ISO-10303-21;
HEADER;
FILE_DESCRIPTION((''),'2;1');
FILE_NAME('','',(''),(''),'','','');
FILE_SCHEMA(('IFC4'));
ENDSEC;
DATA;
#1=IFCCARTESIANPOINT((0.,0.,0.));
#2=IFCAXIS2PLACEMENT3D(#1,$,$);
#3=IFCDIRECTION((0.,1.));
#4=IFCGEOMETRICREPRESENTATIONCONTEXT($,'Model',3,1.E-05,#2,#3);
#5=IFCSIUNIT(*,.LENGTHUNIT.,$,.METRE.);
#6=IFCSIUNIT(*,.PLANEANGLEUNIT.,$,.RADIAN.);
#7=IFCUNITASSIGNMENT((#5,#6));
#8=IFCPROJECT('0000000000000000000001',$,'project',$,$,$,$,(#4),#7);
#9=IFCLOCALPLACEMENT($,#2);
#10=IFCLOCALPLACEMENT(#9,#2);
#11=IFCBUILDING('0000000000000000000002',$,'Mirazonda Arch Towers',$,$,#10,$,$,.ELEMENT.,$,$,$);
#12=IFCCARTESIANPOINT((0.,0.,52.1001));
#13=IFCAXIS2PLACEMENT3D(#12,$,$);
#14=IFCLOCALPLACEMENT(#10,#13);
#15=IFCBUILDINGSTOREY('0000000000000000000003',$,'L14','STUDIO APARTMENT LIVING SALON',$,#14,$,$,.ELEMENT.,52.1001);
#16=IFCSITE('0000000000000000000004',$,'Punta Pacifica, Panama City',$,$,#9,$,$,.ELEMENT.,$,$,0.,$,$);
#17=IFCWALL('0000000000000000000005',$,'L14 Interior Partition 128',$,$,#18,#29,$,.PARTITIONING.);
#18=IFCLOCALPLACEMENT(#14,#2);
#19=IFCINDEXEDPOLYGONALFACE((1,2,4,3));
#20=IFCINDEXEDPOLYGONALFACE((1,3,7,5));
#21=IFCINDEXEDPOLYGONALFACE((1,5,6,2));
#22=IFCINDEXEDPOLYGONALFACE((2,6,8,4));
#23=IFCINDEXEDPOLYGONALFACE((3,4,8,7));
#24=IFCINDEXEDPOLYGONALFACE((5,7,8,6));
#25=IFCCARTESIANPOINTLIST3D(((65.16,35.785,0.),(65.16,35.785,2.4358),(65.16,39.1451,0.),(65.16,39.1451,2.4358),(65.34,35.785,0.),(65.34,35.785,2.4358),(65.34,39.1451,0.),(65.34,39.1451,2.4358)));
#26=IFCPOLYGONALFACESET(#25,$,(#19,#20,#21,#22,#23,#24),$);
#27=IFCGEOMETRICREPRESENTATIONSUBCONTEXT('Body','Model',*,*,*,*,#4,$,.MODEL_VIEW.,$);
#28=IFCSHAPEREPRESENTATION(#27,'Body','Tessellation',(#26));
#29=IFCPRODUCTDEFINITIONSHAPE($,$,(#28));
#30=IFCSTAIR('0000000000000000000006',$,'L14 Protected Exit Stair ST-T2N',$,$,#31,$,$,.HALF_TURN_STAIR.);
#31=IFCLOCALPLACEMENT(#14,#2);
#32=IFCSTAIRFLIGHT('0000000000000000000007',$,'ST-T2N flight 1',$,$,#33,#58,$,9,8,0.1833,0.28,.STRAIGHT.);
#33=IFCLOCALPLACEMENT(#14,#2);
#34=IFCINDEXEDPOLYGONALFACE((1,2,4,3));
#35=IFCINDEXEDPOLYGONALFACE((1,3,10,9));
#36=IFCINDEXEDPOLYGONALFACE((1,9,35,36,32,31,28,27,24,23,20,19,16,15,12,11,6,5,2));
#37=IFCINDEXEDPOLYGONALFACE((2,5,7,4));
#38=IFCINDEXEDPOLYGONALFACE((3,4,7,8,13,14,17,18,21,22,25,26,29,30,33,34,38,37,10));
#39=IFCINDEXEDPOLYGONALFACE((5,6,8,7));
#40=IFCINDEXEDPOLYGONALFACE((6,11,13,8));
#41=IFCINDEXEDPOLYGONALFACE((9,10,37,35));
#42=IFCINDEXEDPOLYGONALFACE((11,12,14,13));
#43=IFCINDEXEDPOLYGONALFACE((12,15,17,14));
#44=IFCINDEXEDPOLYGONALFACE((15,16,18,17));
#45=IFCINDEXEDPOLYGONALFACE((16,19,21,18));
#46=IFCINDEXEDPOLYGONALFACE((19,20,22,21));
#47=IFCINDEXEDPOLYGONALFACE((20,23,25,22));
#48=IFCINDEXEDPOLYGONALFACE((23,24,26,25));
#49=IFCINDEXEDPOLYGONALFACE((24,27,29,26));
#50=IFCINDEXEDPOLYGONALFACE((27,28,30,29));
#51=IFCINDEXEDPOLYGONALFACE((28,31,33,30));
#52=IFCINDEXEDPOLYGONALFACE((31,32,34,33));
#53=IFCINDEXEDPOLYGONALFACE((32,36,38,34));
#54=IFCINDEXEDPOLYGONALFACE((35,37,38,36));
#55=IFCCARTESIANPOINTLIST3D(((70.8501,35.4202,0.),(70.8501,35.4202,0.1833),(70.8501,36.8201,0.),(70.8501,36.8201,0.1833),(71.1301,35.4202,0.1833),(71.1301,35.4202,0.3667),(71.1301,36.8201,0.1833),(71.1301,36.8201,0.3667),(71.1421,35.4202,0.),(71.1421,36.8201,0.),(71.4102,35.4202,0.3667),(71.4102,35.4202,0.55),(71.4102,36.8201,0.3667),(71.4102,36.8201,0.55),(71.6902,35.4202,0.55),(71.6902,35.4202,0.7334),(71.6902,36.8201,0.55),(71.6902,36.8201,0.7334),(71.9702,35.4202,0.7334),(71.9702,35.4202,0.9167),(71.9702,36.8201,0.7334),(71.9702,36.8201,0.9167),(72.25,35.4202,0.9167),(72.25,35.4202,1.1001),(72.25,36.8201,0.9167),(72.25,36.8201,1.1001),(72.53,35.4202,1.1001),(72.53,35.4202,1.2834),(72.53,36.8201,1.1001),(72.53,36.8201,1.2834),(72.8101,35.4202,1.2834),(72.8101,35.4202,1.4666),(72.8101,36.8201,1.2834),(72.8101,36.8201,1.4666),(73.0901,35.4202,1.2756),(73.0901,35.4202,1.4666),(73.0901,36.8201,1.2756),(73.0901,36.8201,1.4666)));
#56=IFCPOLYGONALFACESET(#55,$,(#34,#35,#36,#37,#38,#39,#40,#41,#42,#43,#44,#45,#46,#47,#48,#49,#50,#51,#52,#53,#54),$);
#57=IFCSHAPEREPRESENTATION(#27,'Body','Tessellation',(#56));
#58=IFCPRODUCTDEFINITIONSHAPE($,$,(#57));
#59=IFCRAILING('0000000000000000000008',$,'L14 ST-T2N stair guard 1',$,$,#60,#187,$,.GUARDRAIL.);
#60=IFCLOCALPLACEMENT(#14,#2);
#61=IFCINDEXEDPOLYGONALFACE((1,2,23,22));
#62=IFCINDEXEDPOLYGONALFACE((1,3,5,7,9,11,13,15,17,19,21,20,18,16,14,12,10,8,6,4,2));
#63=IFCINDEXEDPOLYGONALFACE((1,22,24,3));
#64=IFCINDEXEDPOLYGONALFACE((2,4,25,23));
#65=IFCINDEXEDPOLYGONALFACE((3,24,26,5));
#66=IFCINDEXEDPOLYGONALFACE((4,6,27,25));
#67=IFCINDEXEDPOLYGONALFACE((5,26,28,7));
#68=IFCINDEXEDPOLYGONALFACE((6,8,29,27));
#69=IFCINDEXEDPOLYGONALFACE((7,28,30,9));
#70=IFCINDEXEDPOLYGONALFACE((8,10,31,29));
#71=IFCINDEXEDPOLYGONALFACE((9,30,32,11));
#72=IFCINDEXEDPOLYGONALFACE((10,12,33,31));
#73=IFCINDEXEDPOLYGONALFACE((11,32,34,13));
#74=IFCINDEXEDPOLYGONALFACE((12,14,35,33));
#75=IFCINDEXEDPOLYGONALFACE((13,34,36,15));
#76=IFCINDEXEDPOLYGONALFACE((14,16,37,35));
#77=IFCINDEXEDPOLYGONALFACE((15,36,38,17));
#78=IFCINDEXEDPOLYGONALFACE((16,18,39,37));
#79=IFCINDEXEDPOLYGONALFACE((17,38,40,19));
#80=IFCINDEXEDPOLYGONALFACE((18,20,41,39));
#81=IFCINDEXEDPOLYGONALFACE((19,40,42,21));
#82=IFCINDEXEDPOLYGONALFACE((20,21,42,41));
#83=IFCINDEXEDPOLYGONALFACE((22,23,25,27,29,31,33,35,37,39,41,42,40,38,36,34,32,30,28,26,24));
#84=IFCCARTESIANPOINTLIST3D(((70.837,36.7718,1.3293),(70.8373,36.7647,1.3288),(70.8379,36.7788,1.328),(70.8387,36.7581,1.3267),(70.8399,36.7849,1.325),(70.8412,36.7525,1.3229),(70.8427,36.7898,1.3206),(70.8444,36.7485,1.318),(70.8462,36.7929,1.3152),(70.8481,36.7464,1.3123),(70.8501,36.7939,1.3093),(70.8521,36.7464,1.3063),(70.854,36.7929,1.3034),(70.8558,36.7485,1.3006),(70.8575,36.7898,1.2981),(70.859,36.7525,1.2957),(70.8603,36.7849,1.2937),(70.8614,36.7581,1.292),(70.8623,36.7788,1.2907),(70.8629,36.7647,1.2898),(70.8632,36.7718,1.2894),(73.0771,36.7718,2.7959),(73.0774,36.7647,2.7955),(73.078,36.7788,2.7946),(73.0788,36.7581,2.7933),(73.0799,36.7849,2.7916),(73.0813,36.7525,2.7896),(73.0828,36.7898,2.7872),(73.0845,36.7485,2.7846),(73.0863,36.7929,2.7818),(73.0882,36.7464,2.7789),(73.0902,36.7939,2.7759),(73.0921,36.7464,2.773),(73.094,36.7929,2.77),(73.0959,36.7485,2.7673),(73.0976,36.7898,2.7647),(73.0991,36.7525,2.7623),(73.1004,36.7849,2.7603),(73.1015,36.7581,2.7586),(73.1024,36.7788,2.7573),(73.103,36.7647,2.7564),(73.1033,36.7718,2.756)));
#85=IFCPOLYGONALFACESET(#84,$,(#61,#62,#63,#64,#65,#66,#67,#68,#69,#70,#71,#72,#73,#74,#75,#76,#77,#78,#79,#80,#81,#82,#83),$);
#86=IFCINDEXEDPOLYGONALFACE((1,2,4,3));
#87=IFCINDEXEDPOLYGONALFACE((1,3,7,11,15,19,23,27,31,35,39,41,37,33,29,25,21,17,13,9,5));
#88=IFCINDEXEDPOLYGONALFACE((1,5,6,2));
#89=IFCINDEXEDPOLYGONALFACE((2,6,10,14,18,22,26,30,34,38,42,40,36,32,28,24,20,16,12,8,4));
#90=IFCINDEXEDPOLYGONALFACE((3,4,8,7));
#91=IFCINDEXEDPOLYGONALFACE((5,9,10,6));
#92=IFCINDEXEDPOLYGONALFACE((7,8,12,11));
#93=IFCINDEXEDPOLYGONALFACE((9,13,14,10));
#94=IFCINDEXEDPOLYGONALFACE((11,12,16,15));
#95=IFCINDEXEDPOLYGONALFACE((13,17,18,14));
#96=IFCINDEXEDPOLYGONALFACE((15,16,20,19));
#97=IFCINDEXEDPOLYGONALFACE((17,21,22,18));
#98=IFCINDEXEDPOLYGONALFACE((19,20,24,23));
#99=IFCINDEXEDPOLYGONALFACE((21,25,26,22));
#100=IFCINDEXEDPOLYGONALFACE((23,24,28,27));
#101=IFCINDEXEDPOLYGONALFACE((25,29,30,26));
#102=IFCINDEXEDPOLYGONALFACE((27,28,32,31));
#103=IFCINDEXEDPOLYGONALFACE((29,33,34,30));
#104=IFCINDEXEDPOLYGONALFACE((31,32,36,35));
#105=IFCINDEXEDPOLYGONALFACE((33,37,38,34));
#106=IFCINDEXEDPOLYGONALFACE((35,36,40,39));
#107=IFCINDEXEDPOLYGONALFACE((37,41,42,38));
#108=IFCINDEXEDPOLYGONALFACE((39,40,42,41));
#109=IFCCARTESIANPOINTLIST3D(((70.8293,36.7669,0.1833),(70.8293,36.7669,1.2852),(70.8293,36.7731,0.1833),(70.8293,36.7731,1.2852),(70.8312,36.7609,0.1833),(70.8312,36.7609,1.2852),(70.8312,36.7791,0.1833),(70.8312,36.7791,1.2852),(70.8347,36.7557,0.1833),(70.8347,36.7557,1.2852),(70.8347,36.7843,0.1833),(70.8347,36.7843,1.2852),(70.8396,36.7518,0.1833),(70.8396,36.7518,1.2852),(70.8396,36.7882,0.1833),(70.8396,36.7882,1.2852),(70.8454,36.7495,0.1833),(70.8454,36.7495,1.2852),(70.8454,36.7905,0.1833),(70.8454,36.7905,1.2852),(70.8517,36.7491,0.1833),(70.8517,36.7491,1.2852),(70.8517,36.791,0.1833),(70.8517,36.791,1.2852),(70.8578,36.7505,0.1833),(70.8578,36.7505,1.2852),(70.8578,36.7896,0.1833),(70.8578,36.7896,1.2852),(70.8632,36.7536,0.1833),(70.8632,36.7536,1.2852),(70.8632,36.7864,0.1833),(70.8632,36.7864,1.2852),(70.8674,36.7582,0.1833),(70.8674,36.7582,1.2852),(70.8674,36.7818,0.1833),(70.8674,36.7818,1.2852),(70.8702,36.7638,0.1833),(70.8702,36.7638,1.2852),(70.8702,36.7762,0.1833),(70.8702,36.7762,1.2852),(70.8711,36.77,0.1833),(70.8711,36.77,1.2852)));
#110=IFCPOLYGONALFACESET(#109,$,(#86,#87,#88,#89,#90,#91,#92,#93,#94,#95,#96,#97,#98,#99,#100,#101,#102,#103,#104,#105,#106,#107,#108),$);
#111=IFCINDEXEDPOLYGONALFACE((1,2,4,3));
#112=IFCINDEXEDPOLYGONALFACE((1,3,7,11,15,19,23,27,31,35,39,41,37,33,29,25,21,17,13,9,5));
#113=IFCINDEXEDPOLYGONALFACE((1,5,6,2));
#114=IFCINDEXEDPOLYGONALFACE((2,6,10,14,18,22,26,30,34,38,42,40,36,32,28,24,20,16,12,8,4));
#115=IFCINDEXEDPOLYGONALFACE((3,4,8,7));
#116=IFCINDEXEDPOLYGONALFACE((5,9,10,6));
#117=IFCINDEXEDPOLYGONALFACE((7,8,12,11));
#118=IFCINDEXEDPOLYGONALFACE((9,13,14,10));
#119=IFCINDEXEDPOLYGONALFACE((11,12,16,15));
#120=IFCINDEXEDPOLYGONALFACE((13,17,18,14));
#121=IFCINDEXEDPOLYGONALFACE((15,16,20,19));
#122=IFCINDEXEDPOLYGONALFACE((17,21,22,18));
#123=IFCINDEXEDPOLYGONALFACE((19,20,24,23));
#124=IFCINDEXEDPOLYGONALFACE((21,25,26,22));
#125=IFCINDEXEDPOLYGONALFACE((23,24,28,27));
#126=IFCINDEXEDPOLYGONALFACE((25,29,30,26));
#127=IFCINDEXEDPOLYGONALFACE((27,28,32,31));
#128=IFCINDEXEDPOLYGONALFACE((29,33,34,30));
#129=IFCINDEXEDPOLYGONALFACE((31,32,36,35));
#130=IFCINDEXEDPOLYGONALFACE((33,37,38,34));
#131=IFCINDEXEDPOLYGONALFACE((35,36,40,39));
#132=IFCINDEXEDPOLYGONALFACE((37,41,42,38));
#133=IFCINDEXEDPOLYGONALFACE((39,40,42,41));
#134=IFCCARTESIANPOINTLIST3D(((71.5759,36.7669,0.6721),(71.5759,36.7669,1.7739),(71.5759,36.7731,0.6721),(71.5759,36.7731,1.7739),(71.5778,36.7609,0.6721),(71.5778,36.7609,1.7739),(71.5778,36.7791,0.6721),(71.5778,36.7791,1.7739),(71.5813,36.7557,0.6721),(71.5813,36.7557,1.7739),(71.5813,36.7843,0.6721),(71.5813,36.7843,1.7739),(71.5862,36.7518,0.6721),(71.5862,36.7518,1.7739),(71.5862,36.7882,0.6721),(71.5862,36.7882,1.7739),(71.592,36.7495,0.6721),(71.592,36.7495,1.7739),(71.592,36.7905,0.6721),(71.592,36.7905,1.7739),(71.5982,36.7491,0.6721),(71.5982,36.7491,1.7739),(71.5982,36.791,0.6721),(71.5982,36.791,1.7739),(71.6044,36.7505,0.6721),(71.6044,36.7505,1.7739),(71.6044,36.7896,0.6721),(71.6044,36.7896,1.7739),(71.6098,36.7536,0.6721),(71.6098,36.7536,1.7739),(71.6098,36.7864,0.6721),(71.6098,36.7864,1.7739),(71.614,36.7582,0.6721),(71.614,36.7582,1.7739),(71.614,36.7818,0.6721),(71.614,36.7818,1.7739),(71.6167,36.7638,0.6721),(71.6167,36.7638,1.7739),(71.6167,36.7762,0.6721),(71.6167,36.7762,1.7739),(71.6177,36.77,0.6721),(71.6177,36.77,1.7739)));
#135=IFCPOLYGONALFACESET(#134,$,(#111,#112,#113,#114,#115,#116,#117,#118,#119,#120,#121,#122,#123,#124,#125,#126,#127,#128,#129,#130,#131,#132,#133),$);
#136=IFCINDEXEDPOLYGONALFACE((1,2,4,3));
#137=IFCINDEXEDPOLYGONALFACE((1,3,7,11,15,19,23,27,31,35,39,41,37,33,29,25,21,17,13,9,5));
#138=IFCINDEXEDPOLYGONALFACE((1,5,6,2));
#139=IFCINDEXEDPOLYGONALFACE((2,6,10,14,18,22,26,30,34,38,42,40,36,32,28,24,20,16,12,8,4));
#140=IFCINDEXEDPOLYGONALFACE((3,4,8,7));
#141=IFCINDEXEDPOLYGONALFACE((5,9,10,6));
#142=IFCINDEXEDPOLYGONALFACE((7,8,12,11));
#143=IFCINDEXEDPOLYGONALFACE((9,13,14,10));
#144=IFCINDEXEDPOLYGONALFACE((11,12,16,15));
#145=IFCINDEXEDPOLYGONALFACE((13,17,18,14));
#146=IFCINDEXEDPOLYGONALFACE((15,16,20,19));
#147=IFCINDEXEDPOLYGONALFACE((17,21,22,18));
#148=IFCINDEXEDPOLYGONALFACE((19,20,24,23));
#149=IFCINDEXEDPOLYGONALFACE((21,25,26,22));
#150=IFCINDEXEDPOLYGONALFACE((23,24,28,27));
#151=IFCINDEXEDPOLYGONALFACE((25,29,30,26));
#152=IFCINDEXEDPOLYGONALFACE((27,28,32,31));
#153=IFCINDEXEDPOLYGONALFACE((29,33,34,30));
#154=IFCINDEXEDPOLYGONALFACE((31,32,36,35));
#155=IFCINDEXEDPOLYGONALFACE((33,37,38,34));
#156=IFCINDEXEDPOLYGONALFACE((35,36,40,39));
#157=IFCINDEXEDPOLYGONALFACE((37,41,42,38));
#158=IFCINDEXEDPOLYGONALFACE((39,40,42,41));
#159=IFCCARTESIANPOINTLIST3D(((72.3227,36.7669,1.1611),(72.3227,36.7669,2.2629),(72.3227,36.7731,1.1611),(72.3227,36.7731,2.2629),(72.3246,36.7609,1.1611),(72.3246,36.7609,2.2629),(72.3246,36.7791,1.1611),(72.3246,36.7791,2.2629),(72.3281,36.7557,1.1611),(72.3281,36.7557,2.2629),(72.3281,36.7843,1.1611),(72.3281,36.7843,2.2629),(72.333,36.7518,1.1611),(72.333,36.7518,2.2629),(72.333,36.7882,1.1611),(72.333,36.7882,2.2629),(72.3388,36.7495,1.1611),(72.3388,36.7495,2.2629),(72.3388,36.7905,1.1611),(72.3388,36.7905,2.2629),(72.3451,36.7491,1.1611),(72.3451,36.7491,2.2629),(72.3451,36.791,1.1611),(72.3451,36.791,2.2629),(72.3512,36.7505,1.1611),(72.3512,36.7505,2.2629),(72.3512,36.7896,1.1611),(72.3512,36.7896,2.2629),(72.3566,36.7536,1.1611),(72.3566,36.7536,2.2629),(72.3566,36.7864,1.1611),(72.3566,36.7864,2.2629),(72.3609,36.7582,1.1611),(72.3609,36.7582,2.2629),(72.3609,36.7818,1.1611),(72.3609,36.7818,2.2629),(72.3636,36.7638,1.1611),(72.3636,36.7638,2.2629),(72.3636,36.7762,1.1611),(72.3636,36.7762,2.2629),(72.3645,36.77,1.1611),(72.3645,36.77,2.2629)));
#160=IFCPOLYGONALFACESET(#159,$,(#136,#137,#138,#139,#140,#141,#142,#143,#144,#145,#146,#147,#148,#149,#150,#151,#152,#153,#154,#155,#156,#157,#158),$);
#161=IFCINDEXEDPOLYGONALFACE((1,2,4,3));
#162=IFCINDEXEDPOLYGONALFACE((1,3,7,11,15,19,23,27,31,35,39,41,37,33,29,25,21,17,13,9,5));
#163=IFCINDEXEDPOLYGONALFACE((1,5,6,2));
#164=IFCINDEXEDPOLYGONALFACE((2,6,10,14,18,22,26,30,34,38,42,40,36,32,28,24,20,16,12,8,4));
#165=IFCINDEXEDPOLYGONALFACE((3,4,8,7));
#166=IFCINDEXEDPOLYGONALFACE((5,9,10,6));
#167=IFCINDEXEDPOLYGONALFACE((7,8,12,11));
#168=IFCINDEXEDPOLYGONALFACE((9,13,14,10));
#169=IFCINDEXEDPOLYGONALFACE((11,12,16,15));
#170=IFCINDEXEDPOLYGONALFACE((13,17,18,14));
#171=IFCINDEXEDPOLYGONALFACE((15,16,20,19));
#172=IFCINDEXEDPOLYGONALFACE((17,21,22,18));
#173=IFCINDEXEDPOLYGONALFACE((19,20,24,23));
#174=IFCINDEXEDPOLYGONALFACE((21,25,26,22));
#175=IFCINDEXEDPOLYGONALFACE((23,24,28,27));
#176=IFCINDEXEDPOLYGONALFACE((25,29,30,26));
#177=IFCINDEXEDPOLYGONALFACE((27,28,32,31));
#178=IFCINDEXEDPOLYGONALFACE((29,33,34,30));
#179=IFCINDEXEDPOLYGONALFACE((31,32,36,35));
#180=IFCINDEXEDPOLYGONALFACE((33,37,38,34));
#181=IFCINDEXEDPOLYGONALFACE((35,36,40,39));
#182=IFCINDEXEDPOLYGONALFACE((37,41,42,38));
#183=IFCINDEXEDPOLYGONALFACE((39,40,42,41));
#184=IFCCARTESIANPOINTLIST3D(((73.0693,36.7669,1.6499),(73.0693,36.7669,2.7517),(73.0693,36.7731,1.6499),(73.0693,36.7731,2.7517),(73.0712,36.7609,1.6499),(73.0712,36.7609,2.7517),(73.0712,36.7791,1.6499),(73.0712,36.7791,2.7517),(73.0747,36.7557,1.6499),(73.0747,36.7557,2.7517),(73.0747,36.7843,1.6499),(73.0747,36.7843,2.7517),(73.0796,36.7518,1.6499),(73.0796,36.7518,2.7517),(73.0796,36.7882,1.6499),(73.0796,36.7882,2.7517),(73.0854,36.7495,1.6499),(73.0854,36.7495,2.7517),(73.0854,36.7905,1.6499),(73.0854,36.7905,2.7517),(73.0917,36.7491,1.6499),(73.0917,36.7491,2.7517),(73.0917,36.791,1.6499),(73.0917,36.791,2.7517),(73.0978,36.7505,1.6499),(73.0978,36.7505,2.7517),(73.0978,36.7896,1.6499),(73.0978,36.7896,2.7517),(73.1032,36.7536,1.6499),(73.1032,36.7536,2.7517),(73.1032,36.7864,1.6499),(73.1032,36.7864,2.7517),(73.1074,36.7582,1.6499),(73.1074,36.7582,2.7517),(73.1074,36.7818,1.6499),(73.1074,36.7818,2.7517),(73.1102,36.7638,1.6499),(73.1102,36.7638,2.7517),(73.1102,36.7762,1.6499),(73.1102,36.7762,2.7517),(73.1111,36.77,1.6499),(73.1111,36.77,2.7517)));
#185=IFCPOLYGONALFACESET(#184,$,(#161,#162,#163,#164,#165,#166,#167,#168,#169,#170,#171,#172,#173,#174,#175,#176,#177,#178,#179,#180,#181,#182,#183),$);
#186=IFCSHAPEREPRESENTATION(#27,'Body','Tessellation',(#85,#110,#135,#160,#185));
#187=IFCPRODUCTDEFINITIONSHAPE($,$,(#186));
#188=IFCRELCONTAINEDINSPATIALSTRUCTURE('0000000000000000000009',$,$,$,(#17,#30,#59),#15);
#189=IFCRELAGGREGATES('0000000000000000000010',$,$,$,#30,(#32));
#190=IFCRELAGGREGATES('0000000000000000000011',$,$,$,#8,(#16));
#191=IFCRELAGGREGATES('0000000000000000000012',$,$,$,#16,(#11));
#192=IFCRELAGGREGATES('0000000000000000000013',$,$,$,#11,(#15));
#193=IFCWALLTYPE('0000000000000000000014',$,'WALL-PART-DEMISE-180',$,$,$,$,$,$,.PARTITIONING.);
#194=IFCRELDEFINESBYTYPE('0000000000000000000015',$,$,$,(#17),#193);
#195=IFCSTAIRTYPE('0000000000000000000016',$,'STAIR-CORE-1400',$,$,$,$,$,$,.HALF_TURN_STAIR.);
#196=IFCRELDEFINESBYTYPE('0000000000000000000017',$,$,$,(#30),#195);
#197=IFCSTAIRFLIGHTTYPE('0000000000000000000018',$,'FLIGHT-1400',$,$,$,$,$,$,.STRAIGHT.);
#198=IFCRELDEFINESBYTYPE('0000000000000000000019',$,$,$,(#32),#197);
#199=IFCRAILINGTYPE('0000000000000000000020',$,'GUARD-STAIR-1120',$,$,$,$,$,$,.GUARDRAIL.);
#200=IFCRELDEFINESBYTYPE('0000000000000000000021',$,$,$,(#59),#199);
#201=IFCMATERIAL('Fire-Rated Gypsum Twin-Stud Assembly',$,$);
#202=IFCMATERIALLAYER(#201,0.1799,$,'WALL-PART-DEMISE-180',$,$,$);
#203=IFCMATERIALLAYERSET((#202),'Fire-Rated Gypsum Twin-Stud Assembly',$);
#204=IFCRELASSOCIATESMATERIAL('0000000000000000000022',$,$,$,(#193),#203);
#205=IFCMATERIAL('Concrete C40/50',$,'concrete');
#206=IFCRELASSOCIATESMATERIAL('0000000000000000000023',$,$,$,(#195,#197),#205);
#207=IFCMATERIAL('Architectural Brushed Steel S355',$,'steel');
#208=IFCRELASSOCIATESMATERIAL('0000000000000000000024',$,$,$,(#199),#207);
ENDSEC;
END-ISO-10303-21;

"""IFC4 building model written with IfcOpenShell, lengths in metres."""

from ifc_helpers import new_model, si_unit, direction, frame, frame_2d, origin, origin_2d, place, context, subcontext, project, spatial, polyline, rectangle, circle, outline, extrude, material, layer, layer_set, type_object, element, aggregate, save


model = new_model("IFC4")

# Units and contexts
model_context = context("Model", 3, precision=1e-05, world=origin(), true_north=direction((0.0, 1.0)))
body_context = subcontext(model_context, "Body", "Model", "MODEL_VIEW")
ifc_project = project(units=[si_unit("LENGTHUNIT", "METRE"), si_unit("PLANEANGLEUNIT", "RADIAN")], contexts=[model_context])

# Site, building, storey
site_placement = place(None, origin())
site = spatial("IfcSite", under=ifc_project, at=site_placement, Name="Punta Pacifica, Panama City", CompositionType="ELEMENT", RefElevation=0.0)
building_placement = place(site_placement, origin())
building = spatial("IfcBuilding", under=site, at=building_placement, Name="Mirazonda Arch Towers", CompositionType="ELEMENT")
storey_placement = place(building_placement, frame((0.0, 0.0, 52.1001)))
storey = spatial("IfcBuildingStorey", under=building, at=storey_placement, Name="L14", Description="STUDIO APARTMENT LIVING SALON", CompositionType="ELEMENT", Elevation=52.1001)

# Wall
ifc_material_1 = material(Name="Fire-Rated Gypsum Twin-Stud Assembly")
ifc_layer_1 = layer(ifc_material_1, 0.1799, Name="WALL-PART-DEMISE-180")
ifc_layer_set_1 = layer_set([ifc_layer_1], Name="Fire-Rated Gypsum Twin-Stud Assembly")
wall_type_1 = type_object("IfcWallType", Name="WALL-PART-DEMISE-180", PredefinedType="PARTITIONING", material=ifc_layer_set_1)
wall_1_placement = place(storey_placement, frame((65.25, 35.7849, 0.0), z_axis=(0.0, 0.0, 1.0), x_axis=(0.0, 1.0, 0.0)))
element("IfcWall", 1, at=wall_1_placement, inside=storey, type_object=wall_type_1, Name="L14 Interior Partition 128", PredefinedType="PARTITIONING", context=body_context, shape_type="SweptSolid", body=[
    extrude(rectangle(XDim=3.3601, YDim=0.1799, at=frame_2d((1.6802, 0.0))), origin(), (0.0, 0.0, 1.0), 2.4358),
])

# Stair, stair flight
ifc_material_2 = material(Name="Concrete C40/50", Category="concrete")
stair_type = type_object("IfcStairType", Name="STAIR-CORE-1400", PredefinedType="HALF_TURN_STAIR", material=ifc_material_2)
stair_placement = place(storey_placement, origin())
stair = element("IfcStair", 2, at=stair_placement, inside=storey, type_object=stair_type, Name="L14 Protected Exit Stair ST-T2N", PredefinedType="HALF_TURN_STAIR")
stair_flight_type = type_object("IfcStairFlightType", Name="FLIGHT-1400", PredefinedType="STRAIGHT", material=ifc_material_2)
stair_flight_placement = place(storey_placement, frame((70.8501, 36.1201, 0.0), z_axis=(0.0, 0.0, 1.0), x_axis=(1.0, 0.0, 0.0)))
stair_flight = element("IfcStairFlight", 3, at=stair_flight_placement, type_object=stair_flight_type, Name="ST-T2N flight 1", NumberOfRisers=9, NumberOfTreads=8, PredefinedType="STRAIGHT", RiserHeight=0.1833, TreadLength=0.28, context=body_context, shape_type="SweptSolid", body=[
    extrude(outline(polyline([(0.0, 0.0), (0.0, 0.1833), (0.28, 0.1833), (0.28, 0.3667), (0.5601, 0.3667), (0.5601, 0.55), (0.8401, 0.55), (0.8401, 0.7334), (1.1201, 0.7334), (1.1201, 0.9167), (1.3999, 0.9167), (1.3999, 1.1001), (1.6799, 1.1001), (1.6799, 1.2834), (1.96, 1.2834), (1.96, 1.4666), (2.24, 1.4666), (2.24, 1.6499), (2.24, 1.2756), (0.292, 0.0), (0.0, 0.0)])), frame((0.0, 0.7, 0.0), z_axis=(0.0, -1.0, 0.0), x_axis=(1.0, 0.0, 0.0)), (0.0, 0.0, 1.0), 1.3999),
])
aggregate(stair, [stair_flight])

# Railing
ifc_material_3 = material(Name="Architectural Brushed Steel S355", Category="steel")
railing_type = type_object("IfcRailingType", Name="GUARD-STAIR-1120", PredefinedType="GUARDRAIL", material=ifc_material_3)
railing_1_placement = place(storey_placement, frame((70.8501, 36.77, 0.1833)))
element("IfcRailing", 4, at=railing_1_placement, inside=storey, type_object=railing_type, Name="L14 ST-T2N stair guard 1", PredefinedType="GUARDRAIL", context=body_context, shape_type="SweptSolid", body=[
    extrude(circle(Radius=0.0239, at=origin_2d()), frame((0.0, 0.0, 1.126), z_axis=(0.836637, 0.0, 0.547758), x_axis=(0.0, 1.0, 0.0)), (0.0, 0.0, 1.0), 2.6775),
    extrude(circle(Radius=0.021, at=origin_2d()), origin(), (0.0, 0.0, 1.0), 1.1018),
    extrude(circle(Radius=0.021, at=origin_2d()), frame((0.7466, 0.0, 0.4888)), (0.0, 0.0, 1.0), 1.1018),
    extrude(circle(Radius=0.021, at=origin_2d()), frame((1.4934, 0.0, 0.9778)), (0.0, 0.0, 1.0), 1.1018),
    extrude(circle(Radius=0.021, at=origin_2d()), frame((2.24, 0.0, 1.4666)), (0.0, 0.0, 1.0), 1.1018),
])

save(model, "model.ifc")
